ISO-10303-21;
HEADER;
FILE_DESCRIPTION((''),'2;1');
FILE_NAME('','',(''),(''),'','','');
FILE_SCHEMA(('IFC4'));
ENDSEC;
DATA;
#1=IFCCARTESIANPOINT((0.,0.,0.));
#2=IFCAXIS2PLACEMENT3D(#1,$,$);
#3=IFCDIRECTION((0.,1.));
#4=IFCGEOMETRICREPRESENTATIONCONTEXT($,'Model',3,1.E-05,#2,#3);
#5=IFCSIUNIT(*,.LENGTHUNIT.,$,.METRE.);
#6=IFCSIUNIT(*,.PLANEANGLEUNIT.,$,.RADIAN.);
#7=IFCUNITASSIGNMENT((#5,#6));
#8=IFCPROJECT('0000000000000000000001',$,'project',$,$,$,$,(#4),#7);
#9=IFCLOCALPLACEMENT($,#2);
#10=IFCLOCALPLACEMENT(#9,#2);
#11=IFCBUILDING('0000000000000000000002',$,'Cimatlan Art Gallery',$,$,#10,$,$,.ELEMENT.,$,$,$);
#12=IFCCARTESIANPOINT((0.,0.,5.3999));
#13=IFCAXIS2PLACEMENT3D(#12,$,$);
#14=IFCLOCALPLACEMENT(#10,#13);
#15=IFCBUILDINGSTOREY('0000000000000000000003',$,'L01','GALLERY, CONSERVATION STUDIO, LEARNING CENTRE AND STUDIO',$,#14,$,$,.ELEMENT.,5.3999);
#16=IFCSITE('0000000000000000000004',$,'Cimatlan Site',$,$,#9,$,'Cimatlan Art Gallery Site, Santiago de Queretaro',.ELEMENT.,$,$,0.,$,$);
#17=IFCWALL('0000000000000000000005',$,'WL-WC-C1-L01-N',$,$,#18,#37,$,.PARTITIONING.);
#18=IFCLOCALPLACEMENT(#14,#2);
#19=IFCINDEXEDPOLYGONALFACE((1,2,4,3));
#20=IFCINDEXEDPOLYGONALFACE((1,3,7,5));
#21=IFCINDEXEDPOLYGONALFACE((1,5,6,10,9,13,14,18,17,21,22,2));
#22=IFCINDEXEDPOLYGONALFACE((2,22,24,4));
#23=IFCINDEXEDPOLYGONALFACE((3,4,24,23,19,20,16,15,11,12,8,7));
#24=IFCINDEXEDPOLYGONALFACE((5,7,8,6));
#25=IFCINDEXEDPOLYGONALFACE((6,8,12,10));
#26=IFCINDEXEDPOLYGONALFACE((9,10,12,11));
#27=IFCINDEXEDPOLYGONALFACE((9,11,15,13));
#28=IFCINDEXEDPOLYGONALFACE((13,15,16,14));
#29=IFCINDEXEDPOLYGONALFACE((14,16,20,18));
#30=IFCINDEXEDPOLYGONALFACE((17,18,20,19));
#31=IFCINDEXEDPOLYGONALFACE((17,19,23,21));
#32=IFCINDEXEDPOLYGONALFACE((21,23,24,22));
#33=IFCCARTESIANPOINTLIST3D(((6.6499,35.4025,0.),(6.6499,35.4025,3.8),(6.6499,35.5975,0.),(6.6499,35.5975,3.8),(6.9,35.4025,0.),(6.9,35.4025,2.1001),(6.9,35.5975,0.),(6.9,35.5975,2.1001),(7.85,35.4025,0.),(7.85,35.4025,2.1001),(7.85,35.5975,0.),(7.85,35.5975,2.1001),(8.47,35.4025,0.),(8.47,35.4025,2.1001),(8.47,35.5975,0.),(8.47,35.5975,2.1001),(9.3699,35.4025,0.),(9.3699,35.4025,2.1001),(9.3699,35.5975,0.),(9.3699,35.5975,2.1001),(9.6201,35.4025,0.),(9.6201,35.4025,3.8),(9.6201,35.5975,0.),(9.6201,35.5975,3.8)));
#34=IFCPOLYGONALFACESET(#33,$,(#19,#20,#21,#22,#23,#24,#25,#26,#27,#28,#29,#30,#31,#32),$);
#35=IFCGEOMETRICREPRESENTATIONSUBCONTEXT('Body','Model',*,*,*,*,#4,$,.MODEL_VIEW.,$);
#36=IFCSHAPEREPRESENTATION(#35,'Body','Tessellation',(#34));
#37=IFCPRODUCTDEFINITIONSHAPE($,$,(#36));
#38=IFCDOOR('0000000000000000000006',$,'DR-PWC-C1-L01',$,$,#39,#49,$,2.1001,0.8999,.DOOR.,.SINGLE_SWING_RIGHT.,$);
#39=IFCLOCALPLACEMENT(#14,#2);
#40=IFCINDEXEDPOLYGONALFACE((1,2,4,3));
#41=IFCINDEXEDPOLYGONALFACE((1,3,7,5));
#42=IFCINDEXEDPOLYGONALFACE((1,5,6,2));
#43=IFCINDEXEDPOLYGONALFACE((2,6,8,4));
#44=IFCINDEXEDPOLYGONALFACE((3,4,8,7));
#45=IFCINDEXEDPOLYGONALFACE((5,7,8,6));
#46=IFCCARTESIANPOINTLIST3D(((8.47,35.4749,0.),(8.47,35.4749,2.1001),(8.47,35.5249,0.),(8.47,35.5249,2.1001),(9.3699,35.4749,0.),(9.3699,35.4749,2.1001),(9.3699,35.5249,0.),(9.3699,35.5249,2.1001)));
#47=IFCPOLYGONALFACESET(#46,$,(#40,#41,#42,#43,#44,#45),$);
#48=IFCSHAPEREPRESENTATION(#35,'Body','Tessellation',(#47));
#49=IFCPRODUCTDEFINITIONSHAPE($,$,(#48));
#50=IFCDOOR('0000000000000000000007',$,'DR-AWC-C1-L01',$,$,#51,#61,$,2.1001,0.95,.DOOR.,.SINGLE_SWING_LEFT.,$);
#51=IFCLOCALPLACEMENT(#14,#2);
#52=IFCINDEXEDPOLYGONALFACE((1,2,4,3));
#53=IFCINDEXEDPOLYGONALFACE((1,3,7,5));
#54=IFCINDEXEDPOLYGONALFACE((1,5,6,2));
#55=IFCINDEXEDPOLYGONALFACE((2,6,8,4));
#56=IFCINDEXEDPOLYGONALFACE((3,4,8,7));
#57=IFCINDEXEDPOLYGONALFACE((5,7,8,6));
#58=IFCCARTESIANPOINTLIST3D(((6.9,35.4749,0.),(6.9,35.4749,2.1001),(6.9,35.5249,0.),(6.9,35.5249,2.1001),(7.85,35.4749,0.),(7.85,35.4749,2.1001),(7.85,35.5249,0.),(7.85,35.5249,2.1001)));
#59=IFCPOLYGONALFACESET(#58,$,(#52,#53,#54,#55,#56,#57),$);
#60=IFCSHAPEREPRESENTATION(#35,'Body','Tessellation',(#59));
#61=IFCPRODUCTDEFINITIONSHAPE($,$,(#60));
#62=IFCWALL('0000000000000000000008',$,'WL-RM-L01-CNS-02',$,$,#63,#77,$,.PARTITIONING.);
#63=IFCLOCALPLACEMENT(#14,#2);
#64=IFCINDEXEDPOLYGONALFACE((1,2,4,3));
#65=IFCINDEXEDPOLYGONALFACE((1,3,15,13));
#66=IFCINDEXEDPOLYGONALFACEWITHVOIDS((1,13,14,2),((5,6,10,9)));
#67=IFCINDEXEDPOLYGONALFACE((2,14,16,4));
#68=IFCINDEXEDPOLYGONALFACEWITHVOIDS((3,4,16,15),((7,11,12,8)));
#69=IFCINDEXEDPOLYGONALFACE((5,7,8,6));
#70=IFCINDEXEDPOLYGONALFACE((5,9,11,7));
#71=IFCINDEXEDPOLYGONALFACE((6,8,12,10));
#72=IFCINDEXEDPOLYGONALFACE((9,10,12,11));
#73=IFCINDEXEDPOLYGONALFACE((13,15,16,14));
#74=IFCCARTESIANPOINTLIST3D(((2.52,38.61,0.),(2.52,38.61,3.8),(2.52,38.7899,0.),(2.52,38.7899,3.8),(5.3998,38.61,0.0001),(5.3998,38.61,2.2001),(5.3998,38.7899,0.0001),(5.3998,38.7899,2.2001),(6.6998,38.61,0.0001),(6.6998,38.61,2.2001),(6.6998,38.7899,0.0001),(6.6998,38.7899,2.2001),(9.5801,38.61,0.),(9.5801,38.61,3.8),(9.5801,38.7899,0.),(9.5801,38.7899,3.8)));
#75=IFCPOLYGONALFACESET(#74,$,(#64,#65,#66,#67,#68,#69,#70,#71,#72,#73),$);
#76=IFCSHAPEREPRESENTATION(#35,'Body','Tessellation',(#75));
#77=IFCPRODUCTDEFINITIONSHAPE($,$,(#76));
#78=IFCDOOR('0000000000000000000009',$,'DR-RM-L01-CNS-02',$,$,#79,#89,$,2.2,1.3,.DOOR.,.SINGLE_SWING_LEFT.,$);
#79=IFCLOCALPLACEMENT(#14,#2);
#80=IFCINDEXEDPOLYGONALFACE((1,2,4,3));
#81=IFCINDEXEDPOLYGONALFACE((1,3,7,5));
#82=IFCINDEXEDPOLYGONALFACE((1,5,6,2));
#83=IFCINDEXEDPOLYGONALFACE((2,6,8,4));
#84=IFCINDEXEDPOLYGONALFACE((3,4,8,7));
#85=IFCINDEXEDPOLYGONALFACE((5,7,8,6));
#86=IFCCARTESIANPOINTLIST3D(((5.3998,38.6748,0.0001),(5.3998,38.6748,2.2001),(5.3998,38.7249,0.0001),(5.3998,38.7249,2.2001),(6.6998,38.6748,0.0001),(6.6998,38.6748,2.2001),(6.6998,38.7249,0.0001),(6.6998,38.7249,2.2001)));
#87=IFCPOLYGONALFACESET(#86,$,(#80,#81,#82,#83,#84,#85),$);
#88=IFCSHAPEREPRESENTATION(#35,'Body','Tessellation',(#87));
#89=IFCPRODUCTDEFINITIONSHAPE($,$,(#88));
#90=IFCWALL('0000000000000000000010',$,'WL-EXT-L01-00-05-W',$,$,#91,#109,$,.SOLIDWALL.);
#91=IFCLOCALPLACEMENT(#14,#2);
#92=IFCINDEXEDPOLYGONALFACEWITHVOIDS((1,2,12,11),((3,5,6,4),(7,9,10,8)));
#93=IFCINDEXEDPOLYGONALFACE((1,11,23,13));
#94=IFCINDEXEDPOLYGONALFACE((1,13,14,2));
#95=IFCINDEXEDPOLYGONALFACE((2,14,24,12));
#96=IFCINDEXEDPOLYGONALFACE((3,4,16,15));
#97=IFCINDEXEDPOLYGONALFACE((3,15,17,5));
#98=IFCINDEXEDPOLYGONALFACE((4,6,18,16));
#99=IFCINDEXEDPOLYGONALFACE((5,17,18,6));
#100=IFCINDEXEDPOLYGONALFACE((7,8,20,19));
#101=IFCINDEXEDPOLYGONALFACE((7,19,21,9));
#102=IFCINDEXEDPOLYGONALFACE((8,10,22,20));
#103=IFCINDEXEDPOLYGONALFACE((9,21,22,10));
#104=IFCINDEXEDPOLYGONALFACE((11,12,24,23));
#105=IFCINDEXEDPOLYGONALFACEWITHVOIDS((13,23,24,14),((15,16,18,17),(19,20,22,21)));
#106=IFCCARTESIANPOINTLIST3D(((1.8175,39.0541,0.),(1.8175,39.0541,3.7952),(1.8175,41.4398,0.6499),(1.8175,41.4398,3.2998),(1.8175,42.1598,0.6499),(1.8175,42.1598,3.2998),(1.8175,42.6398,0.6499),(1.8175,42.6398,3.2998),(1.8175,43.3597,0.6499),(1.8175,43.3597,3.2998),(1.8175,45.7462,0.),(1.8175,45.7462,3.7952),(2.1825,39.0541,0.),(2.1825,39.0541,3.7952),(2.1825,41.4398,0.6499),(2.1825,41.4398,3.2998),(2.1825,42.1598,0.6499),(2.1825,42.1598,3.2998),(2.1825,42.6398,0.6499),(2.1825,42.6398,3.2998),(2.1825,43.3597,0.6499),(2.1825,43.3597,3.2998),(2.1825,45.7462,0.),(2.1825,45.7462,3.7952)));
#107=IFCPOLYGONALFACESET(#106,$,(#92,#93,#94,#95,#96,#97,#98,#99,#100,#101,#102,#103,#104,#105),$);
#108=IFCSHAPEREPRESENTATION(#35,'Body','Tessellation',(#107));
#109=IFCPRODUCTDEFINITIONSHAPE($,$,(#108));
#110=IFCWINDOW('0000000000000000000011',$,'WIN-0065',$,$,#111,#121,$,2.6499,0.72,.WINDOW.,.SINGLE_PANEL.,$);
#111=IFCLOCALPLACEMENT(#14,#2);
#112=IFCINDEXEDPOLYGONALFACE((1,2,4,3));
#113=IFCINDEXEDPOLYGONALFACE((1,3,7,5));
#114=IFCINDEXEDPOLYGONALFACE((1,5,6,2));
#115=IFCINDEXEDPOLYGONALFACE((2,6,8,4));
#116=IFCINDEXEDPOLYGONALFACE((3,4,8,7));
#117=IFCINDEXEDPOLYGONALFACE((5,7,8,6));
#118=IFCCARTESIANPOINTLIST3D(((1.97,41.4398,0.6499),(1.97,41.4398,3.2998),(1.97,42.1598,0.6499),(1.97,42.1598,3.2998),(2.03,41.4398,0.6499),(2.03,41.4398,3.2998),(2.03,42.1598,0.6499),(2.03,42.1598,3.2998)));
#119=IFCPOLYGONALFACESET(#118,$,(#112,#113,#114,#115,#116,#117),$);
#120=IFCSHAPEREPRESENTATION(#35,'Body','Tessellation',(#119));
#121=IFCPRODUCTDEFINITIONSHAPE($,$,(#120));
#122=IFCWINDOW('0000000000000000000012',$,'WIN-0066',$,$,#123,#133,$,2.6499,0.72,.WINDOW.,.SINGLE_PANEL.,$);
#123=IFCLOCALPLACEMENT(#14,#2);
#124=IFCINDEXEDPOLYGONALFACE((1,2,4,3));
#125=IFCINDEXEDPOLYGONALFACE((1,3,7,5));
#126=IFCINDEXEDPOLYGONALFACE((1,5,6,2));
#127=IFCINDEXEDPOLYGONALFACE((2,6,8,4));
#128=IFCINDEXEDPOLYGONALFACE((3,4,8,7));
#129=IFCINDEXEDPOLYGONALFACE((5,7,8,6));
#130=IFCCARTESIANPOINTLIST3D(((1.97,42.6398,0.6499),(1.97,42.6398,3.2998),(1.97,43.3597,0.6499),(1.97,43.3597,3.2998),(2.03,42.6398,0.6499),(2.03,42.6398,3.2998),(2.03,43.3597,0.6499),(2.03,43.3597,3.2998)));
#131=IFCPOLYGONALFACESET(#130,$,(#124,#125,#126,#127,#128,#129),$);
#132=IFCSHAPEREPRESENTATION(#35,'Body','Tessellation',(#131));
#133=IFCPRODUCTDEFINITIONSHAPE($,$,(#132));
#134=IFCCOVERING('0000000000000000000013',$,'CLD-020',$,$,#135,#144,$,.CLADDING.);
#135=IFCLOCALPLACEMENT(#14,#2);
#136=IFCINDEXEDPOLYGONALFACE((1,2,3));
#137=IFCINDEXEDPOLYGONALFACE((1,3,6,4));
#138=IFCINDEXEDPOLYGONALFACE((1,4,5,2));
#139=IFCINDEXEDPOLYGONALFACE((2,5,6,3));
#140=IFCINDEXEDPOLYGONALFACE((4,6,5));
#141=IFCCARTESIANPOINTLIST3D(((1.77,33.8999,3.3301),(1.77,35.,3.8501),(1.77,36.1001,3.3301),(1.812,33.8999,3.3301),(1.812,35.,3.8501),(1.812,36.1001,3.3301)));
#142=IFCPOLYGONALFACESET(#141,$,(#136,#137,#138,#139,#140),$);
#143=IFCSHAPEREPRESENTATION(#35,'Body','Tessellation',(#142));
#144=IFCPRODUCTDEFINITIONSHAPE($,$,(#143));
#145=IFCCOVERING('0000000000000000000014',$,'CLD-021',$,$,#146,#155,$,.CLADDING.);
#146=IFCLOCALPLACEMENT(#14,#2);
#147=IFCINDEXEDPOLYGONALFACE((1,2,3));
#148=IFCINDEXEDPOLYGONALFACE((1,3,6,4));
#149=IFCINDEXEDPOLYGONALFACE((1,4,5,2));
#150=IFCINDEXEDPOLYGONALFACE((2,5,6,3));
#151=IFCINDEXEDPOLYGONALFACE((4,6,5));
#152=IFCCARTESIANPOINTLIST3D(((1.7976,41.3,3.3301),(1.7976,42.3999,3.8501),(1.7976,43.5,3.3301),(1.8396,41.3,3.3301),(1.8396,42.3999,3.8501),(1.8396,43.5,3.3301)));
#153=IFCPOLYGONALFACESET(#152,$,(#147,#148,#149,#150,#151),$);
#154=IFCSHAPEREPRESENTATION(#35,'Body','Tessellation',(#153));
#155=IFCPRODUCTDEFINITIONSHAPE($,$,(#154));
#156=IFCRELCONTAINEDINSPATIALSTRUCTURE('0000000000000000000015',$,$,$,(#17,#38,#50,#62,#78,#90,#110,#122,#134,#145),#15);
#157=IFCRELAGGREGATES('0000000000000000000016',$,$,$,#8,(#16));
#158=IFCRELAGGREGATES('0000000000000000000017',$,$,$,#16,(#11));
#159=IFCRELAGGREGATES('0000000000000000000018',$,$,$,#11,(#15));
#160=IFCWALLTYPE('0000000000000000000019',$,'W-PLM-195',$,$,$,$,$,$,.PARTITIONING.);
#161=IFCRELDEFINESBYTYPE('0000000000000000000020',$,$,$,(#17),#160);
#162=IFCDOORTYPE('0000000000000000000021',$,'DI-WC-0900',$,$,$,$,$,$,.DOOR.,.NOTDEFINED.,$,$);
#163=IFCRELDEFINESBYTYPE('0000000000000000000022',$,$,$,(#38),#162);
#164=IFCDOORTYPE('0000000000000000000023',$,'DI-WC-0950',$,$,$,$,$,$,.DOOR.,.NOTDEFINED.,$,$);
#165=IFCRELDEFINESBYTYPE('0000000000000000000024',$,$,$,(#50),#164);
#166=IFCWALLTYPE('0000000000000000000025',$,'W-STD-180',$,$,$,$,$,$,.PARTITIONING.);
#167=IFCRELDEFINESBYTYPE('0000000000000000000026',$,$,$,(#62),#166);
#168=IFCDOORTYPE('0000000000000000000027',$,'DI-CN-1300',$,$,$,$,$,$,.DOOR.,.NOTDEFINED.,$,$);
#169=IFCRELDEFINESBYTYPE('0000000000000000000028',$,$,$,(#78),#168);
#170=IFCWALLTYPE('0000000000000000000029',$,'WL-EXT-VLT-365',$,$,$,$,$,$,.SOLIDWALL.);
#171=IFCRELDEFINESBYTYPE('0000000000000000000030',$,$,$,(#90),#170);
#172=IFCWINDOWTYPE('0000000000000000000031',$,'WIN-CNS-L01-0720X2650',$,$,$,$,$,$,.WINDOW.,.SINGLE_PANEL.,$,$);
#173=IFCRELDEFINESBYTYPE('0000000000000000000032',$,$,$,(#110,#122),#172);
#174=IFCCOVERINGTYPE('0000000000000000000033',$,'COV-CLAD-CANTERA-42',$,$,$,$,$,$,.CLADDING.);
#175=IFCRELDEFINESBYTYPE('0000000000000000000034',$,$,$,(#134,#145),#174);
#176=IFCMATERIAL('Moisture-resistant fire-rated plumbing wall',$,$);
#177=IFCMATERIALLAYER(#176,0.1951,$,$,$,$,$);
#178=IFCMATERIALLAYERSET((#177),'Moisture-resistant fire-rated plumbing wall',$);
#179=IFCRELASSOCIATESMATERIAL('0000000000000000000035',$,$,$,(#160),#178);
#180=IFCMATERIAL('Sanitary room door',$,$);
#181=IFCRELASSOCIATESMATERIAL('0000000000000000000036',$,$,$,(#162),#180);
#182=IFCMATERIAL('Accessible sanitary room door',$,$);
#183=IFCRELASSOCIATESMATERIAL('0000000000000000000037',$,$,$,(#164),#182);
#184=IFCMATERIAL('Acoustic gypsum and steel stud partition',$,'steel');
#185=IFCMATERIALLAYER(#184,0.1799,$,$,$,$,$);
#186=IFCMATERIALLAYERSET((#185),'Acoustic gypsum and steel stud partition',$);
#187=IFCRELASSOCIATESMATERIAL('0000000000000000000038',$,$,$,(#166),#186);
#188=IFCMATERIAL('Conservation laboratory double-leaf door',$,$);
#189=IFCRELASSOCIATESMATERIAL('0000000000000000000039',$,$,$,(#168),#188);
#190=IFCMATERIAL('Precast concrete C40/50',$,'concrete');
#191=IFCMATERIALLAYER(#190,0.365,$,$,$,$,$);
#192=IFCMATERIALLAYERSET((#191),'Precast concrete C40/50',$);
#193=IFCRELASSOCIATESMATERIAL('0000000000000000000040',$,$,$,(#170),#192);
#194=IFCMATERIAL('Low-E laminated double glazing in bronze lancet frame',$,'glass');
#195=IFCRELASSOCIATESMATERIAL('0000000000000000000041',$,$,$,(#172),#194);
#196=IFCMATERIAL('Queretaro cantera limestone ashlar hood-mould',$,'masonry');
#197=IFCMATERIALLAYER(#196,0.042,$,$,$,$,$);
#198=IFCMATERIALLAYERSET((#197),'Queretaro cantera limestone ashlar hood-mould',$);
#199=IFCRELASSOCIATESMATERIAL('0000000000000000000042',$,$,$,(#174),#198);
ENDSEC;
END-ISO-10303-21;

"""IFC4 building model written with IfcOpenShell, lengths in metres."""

from ifc_helpers import new_model, si_unit, direction, frame, frame_2d, origin, place, context, subcontext, project, spatial, polyline, rectangle, outline, extrude, material, layer, layer_set, type_object, element, fill, save


model = new_model("IFC4")

# Units and contexts
model_context = context("Model", 3, precision=1e-05, world=origin(), true_north=direction((0.0, 1.0)))
body_context = subcontext(model_context, "Body", "Model", "MODEL_VIEW")
ifc_project = project(units=[si_unit("LENGTHUNIT", "METRE"), si_unit("PLANEANGLEUNIT", "RADIAN")], contexts=[model_context])

# Site, building, storey
site_placement = place(None, origin())
site = spatial("IfcSite", under=ifc_project, at=site_placement, Name="Cimatlan Site", LongName="Cimatlan Art Gallery Site, Santiago de Queretaro", CompositionType="ELEMENT", RefElevation=0.0)
building_placement = place(site_placement, origin())
building = spatial("IfcBuilding", under=site, at=building_placement, Name="Cimatlan Art Gallery", CompositionType="ELEMENT")
storey_placement = place(building_placement, frame((0.0, 0.0, 5.3999)))
storey = spatial("IfcBuildingStorey", under=building, at=storey_placement, Name="L01", Description="GALLERY, CONSERVATION STUDIO, LEARNING CENTRE AND STUDIO", CompositionType="ELEMENT", Elevation=5.3999)

# Shared definitions
ifc_material_1 = material(Name="Precast concrete C40/50", Category="concrete")
ifc_material_2 = material(Name="Acoustic gypsum and steel stud partition", Category="steel")

# Wall, openings, doors
ifc_material_3 = material(Name="Moisture-resistant fire-rated plumbing wall")
ifc_layer_1 = layer(ifc_material_3, 0.1951)
ifc_layer_set_1 = layer_set([ifc_layer_1], Name="Moisture-resistant fire-rated plumbing wall")
wall_type_1 = type_object("IfcWallType", Name="W-PLM-195", PredefinedType="PARTITIONING", material=ifc_layer_set_1)
wall_1_placement = place(storey_placement, frame((6.6499, 35.5, 0.0), z_axis=(0.0, 0.0, 1.0), x_axis=(1.0, 0.0, 0.0)))
wall_1 = element("IfcWall", 1, at=wall_1_placement, inside=storey, type_object=wall_type_1, Name="WL-WC-C1-L01-N", PredefinedType="PARTITIONING", context=body_context, shape_type="SweptSolid", body=[
    extrude(rectangle(XDim=2.9702, YDim=0.1951, at=frame_2d((1.4851, 0.0))), origin(), (0.0, 0.0, 1.0), 3.8),
])
opening_1_placement = place(wall_1_placement, frame((0.25, 0.0, 0.0)))
opening_1 = element("IfcOpeningElement", 2, at=opening_1_placement, cuts=wall_1, PredefinedType="OPENING", context=body_context, shape_type="SweptSolid", body=[
    extrude(rectangle(XDim=0.95, YDim=2.1001, at=frame_2d((0.4751, 1.05))), frame((0.0, 0.1074, 0.0), z_axis=(0.0, -1.0, 0.0), x_axis=(1.0, 0.0, 0.0)), (0.0, 0.0, 1.0), 0.2151),
])
opening_2_placement = place(wall_1_placement, frame((1.8201, 0.0, 0.0)))
opening_2 = element("IfcOpeningElement", 3, at=opening_2_placement, cuts=wall_1, PredefinedType="OPENING", context=body_context, shape_type="SweptSolid", body=[
    extrude(rectangle(XDim=0.8999, YDim=2.1001, at=frame_2d((0.45, 1.05))), frame((0.0, 0.1074, 0.0), z_axis=(0.0, -1.0, 0.0), x_axis=(1.0, 0.0, 0.0)), (0.0, 0.0, 1.0), 0.2151),
])
ifc_material_4 = material(Name="Sanitary room door")
door_type_1 = type_object("IfcDoorType", Name="DI-WC-0900", OperationType="NOTDEFINED", PredefinedType="DOOR", material=ifc_material_4)
door_1_placement = place(opening_2_placement, origin())
door_1 = element("IfcDoor", 4, at=door_1_placement, inside=storey, type_object=door_type_1, Name="DR-PWC-C1-L01", OperationType="SINGLE_SWING_RIGHT", OverallHeight=2.1001, OverallWidth=0.8999, PredefinedType="DOOR", context=body_context, shape_type="SweptSolid", body=[
    extrude(rectangle(XDim=0.8999, YDim=2.1001, at=frame_2d((0.45, 1.05))), frame((0.0, 0.0249, 0.0), z_axis=(0.0, -1.0, 0.0), x_axis=(1.0, 0.0, 0.0)), (0.0, 0.0, 1.0), 0.05),
])
fill(opening_2, door_1)
ifc_material_5 = material(Name="Accessible sanitary room door")
door_type_2 = type_object("IfcDoorType", Name="DI-WC-0950", OperationType="NOTDEFINED", PredefinedType="DOOR", material=ifc_material_5)
door_2_placement = place(opening_1_placement, origin())
door_2 = element("IfcDoor", 5, at=door_2_placement, inside=storey, type_object=door_type_2, Name="DR-AWC-C1-L01", OperationType="SINGLE_SWING_LEFT", OverallHeight=2.1001, OverallWidth=0.95, PredefinedType="DOOR", context=body_context, shape_type="SweptSolid", body=[
    extrude(rectangle(XDim=0.95, YDim=2.1001, at=frame_2d((0.4751, 1.05))), frame((0.0, 0.0249, 0.0), z_axis=(0.0, -1.0, 0.0), x_axis=(1.0, 0.0, 0.0)), (0.0, 0.0, 1.0), 0.05),
])
fill(opening_1, door_2)

# Wall, opening, door
ifc_layer_2 = layer(ifc_material_2, 0.1799)
ifc_layer_set_2 = layer_set([ifc_layer_2], Name="Acoustic gypsum and steel stud partition")
wall_type_2 = type_object("IfcWallType", Name="W-STD-180", PredefinedType="PARTITIONING", material=ifc_layer_set_2)
wall_2_placement = place(storey_placement, frame((2.52, 38.7, 0.0), z_axis=(0.0, 0.0, 1.0), x_axis=(1.0, 0.0, 0.0)))
wall_2 = element("IfcWall", 6, at=wall_2_placement, inside=storey, type_object=wall_type_2, Name="WL-RM-L01-CNS-02", PredefinedType="PARTITIONING", context=body_context, shape_type="SweptSolid", body=[
    extrude(rectangle(XDim=7.0601, YDim=0.1799, at=frame_2d((3.53, 0.0))), origin(), (0.0, 0.0, 1.0), 3.8),
])
opening_3_placement = place(wall_2_placement, frame((2.8799, 0.0, 0.0)))
opening_3 = element("IfcOpeningElement", 7, at=opening_3_placement, cuts=wall_2, PredefinedType="OPENING", context=body_context, shape_type="SweptSolid", body=[
    extrude(rectangle(XDim=1.3, YDim=2.2, at=frame_2d((0.6499, 1.1001))), frame((0.0, 0.1001, 0.0), z_axis=(0.0, -1.0, 0.0), x_axis=(1.0, 0.0, 0.0)), (0.0, 0.0, 1.0), 0.2),
])
ifc_material_6 = material(Name="Conservation laboratory double-leaf door")
door_type_3 = type_object("IfcDoorType", Name="DI-CN-1300", OperationType="NOTDEFINED", PredefinedType="DOOR", material=ifc_material_6)
door_3_placement = place(opening_3_placement, origin())
door_3 = element("IfcDoor", 8, at=door_3_placement, inside=storey, type_object=door_type_3, Name="DR-RM-L01-CNS-02", OperationType="SINGLE_SWING_LEFT", OverallHeight=2.2, OverallWidth=1.3, PredefinedType="DOOR", context=body_context, shape_type="SweptSolid", body=[
    extrude(rectangle(XDim=1.3, YDim=2.2, at=frame_2d((0.6499, 1.1001))), frame((0.0, 0.0249, 0.0), z_axis=(0.0, -1.0, 0.0), x_axis=(1.0, 0.0, 0.0)), (0.0, 0.0, 1.0), 0.05),
])
fill(opening_3, door_3)

# Wall, openings, windows
ifc_layer_3 = layer(ifc_material_1, 0.365)
ifc_layer_set_3 = layer_set([ifc_layer_3], Name="Precast concrete C40/50")
wall_type_3 = type_object("IfcWallType", Name="WL-EXT-VLT-365", PredefinedType="SOLIDWALL", material=ifc_layer_set_3)
wall_3_placement = place(storey_placement, frame((2.0, 39.054, 0.0), z_axis=(0.0, 0.0, 1.0), x_axis=(0.0, 1.0, 0.0)))
wall_3 = element("IfcWall", 9, at=wall_3_placement, inside=storey, type_object=wall_type_3, Name="WL-EXT-L01-00-05-W", PredefinedType="SOLIDWALL", context=body_context, shape_type="SweptSolid", body=[
    extrude(rectangle(XDim=6.6921, YDim=0.365, at=frame_2d((3.3462, 0.0))), origin(), (0.0, 0.0, 1.0), 3.7952),
])
opening_4_placement = place(wall_3_placement, frame((2.386, 0.0, 0.6499)))
opening_4 = element("IfcOpeningElement", 10, at=opening_4_placement, cuts=wall_3, PredefinedType="OPENING", context=body_context, shape_type="SweptSolid", body=[
    extrude(rectangle(XDim=0.72, YDim=2.6499, at=frame_2d((0.3599, 1.325))), frame((0.0, 0.1924, 0.0), z_axis=(0.0, -1.0, 0.0), x_axis=(1.0, 0.0, 0.0)), (0.0, 0.0, 1.0), 0.385),
])
opening_5_placement = place(wall_3_placement, frame((3.5859, 0.0, 0.6499)))
opening_5 = element("IfcOpeningElement", 11, at=opening_5_placement, cuts=wall_3, PredefinedType="OPENING", context=body_context, shape_type="SweptSolid", body=[
    extrude(rectangle(XDim=0.72, YDim=2.6499, at=frame_2d((0.3599, 1.325))), frame((0.0, 0.1924, 0.0), z_axis=(0.0, -1.0, 0.0), x_axis=(1.0, 0.0, 0.0)), (0.0, 0.0, 1.0), 0.385),
])
ifc_material_7 = material(Name="Low-E laminated double glazing in bronze lancet frame", Category="glass")
window_type = type_object("IfcWindowType", Name="WIN-CNS-L01-0720X2650", PartitioningType="SINGLE_PANEL", PredefinedType="WINDOW", material=ifc_material_7)
window_1_placement = place(opening_4_placement, origin())
window_1 = element("IfcWindow", 12, at=window_1_placement, inside=storey, type_object=window_type, Name="WIN-0065", OverallHeight=2.6499, OverallWidth=0.72, PartitioningType="SINGLE_PANEL", PredefinedType="WINDOW", context=body_context, shape_type="SweptSolid", body=[
    extrude(rectangle(XDim=0.72, YDim=2.6499, at=frame_2d((0.3599, 1.325))), frame((0.0, 0.03, 0.0), z_axis=(0.0, -1.0, 0.0), x_axis=(1.0, 0.0, 0.0)), (0.0, 0.0, 1.0), 0.0601),
])
fill(opening_4, window_1)
window_2_placement = place(opening_5_placement, origin())
window_2 = element("IfcWindow", 13, at=window_2_placement, inside=storey, type_object=window_type, Name="WIN-0066", OverallHeight=2.6499, OverallWidth=0.72, PartitioningType="SINGLE_PANEL", PredefinedType="WINDOW", context=body_context, shape_type="SweptSolid", body=[
    extrude(rectangle(XDim=0.72, YDim=2.6499, at=frame_2d((0.3599, 1.325))), frame((0.0, 0.03, 0.0), z_axis=(0.0, -1.0, 0.0), x_axis=(1.0, 0.0, 0.0)), (0.0, 0.0, 1.0), 0.0601),
])
fill(opening_5, window_2)

# Coverings
ifc_material_8 = material(Name="Queretaro cantera limestone ashlar hood-mould", Category="masonry")
ifc_layer_4 = layer(ifc_material_8, 0.042)
ifc_layer_set_4 = layer_set([ifc_layer_4], Name="Queretaro cantera limestone ashlar hood-mould")
covering_type = type_object("IfcCoveringType", Name="COV-CLAD-CANTERA-42", PredefinedType="CLADDING", material=ifc_layer_set_4)
covering_1_placement = place(storey_placement, frame((1.812, 33.8999, 3.3301), z_axis=(1.0, 0.0, 0.0), x_axis=(0.0, 1.0, 0.0)))
element("IfcCovering", 14, at=covering_1_placement, inside=storey, type_object=covering_type, Name="CLD-020", PredefinedType="CLADDING", context=body_context, shape_type="SweptSolid", body=[
    extrude(outline(polyline([(0.0, 0.0), (2.2002, 0.0), (1.1001, 0.52), (0.0, 0.0)])), origin(), (0.0, 0.0, -1.0), 0.042),
])
covering_2_placement = place(storey_placement, frame((1.8396, 41.3, 3.3301), z_axis=(1.0, 0.0, 0.0), x_axis=(0.0, 1.0, 0.0)))
element("IfcCovering", 15, at=covering_2_placement, inside=storey, type_object=covering_type, Name="CLD-021", PredefinedType="CLADDING", context=body_context, shape_type="SweptSolid", body=[
    extrude(outline(polyline([(0.0, 0.0), (2.2, 0.0), (1.0999, 0.52), (0.0, 0.0)])), origin(), (0.0, 0.0, -1.0), 0.042),
])

save(model, "model.ifc")
